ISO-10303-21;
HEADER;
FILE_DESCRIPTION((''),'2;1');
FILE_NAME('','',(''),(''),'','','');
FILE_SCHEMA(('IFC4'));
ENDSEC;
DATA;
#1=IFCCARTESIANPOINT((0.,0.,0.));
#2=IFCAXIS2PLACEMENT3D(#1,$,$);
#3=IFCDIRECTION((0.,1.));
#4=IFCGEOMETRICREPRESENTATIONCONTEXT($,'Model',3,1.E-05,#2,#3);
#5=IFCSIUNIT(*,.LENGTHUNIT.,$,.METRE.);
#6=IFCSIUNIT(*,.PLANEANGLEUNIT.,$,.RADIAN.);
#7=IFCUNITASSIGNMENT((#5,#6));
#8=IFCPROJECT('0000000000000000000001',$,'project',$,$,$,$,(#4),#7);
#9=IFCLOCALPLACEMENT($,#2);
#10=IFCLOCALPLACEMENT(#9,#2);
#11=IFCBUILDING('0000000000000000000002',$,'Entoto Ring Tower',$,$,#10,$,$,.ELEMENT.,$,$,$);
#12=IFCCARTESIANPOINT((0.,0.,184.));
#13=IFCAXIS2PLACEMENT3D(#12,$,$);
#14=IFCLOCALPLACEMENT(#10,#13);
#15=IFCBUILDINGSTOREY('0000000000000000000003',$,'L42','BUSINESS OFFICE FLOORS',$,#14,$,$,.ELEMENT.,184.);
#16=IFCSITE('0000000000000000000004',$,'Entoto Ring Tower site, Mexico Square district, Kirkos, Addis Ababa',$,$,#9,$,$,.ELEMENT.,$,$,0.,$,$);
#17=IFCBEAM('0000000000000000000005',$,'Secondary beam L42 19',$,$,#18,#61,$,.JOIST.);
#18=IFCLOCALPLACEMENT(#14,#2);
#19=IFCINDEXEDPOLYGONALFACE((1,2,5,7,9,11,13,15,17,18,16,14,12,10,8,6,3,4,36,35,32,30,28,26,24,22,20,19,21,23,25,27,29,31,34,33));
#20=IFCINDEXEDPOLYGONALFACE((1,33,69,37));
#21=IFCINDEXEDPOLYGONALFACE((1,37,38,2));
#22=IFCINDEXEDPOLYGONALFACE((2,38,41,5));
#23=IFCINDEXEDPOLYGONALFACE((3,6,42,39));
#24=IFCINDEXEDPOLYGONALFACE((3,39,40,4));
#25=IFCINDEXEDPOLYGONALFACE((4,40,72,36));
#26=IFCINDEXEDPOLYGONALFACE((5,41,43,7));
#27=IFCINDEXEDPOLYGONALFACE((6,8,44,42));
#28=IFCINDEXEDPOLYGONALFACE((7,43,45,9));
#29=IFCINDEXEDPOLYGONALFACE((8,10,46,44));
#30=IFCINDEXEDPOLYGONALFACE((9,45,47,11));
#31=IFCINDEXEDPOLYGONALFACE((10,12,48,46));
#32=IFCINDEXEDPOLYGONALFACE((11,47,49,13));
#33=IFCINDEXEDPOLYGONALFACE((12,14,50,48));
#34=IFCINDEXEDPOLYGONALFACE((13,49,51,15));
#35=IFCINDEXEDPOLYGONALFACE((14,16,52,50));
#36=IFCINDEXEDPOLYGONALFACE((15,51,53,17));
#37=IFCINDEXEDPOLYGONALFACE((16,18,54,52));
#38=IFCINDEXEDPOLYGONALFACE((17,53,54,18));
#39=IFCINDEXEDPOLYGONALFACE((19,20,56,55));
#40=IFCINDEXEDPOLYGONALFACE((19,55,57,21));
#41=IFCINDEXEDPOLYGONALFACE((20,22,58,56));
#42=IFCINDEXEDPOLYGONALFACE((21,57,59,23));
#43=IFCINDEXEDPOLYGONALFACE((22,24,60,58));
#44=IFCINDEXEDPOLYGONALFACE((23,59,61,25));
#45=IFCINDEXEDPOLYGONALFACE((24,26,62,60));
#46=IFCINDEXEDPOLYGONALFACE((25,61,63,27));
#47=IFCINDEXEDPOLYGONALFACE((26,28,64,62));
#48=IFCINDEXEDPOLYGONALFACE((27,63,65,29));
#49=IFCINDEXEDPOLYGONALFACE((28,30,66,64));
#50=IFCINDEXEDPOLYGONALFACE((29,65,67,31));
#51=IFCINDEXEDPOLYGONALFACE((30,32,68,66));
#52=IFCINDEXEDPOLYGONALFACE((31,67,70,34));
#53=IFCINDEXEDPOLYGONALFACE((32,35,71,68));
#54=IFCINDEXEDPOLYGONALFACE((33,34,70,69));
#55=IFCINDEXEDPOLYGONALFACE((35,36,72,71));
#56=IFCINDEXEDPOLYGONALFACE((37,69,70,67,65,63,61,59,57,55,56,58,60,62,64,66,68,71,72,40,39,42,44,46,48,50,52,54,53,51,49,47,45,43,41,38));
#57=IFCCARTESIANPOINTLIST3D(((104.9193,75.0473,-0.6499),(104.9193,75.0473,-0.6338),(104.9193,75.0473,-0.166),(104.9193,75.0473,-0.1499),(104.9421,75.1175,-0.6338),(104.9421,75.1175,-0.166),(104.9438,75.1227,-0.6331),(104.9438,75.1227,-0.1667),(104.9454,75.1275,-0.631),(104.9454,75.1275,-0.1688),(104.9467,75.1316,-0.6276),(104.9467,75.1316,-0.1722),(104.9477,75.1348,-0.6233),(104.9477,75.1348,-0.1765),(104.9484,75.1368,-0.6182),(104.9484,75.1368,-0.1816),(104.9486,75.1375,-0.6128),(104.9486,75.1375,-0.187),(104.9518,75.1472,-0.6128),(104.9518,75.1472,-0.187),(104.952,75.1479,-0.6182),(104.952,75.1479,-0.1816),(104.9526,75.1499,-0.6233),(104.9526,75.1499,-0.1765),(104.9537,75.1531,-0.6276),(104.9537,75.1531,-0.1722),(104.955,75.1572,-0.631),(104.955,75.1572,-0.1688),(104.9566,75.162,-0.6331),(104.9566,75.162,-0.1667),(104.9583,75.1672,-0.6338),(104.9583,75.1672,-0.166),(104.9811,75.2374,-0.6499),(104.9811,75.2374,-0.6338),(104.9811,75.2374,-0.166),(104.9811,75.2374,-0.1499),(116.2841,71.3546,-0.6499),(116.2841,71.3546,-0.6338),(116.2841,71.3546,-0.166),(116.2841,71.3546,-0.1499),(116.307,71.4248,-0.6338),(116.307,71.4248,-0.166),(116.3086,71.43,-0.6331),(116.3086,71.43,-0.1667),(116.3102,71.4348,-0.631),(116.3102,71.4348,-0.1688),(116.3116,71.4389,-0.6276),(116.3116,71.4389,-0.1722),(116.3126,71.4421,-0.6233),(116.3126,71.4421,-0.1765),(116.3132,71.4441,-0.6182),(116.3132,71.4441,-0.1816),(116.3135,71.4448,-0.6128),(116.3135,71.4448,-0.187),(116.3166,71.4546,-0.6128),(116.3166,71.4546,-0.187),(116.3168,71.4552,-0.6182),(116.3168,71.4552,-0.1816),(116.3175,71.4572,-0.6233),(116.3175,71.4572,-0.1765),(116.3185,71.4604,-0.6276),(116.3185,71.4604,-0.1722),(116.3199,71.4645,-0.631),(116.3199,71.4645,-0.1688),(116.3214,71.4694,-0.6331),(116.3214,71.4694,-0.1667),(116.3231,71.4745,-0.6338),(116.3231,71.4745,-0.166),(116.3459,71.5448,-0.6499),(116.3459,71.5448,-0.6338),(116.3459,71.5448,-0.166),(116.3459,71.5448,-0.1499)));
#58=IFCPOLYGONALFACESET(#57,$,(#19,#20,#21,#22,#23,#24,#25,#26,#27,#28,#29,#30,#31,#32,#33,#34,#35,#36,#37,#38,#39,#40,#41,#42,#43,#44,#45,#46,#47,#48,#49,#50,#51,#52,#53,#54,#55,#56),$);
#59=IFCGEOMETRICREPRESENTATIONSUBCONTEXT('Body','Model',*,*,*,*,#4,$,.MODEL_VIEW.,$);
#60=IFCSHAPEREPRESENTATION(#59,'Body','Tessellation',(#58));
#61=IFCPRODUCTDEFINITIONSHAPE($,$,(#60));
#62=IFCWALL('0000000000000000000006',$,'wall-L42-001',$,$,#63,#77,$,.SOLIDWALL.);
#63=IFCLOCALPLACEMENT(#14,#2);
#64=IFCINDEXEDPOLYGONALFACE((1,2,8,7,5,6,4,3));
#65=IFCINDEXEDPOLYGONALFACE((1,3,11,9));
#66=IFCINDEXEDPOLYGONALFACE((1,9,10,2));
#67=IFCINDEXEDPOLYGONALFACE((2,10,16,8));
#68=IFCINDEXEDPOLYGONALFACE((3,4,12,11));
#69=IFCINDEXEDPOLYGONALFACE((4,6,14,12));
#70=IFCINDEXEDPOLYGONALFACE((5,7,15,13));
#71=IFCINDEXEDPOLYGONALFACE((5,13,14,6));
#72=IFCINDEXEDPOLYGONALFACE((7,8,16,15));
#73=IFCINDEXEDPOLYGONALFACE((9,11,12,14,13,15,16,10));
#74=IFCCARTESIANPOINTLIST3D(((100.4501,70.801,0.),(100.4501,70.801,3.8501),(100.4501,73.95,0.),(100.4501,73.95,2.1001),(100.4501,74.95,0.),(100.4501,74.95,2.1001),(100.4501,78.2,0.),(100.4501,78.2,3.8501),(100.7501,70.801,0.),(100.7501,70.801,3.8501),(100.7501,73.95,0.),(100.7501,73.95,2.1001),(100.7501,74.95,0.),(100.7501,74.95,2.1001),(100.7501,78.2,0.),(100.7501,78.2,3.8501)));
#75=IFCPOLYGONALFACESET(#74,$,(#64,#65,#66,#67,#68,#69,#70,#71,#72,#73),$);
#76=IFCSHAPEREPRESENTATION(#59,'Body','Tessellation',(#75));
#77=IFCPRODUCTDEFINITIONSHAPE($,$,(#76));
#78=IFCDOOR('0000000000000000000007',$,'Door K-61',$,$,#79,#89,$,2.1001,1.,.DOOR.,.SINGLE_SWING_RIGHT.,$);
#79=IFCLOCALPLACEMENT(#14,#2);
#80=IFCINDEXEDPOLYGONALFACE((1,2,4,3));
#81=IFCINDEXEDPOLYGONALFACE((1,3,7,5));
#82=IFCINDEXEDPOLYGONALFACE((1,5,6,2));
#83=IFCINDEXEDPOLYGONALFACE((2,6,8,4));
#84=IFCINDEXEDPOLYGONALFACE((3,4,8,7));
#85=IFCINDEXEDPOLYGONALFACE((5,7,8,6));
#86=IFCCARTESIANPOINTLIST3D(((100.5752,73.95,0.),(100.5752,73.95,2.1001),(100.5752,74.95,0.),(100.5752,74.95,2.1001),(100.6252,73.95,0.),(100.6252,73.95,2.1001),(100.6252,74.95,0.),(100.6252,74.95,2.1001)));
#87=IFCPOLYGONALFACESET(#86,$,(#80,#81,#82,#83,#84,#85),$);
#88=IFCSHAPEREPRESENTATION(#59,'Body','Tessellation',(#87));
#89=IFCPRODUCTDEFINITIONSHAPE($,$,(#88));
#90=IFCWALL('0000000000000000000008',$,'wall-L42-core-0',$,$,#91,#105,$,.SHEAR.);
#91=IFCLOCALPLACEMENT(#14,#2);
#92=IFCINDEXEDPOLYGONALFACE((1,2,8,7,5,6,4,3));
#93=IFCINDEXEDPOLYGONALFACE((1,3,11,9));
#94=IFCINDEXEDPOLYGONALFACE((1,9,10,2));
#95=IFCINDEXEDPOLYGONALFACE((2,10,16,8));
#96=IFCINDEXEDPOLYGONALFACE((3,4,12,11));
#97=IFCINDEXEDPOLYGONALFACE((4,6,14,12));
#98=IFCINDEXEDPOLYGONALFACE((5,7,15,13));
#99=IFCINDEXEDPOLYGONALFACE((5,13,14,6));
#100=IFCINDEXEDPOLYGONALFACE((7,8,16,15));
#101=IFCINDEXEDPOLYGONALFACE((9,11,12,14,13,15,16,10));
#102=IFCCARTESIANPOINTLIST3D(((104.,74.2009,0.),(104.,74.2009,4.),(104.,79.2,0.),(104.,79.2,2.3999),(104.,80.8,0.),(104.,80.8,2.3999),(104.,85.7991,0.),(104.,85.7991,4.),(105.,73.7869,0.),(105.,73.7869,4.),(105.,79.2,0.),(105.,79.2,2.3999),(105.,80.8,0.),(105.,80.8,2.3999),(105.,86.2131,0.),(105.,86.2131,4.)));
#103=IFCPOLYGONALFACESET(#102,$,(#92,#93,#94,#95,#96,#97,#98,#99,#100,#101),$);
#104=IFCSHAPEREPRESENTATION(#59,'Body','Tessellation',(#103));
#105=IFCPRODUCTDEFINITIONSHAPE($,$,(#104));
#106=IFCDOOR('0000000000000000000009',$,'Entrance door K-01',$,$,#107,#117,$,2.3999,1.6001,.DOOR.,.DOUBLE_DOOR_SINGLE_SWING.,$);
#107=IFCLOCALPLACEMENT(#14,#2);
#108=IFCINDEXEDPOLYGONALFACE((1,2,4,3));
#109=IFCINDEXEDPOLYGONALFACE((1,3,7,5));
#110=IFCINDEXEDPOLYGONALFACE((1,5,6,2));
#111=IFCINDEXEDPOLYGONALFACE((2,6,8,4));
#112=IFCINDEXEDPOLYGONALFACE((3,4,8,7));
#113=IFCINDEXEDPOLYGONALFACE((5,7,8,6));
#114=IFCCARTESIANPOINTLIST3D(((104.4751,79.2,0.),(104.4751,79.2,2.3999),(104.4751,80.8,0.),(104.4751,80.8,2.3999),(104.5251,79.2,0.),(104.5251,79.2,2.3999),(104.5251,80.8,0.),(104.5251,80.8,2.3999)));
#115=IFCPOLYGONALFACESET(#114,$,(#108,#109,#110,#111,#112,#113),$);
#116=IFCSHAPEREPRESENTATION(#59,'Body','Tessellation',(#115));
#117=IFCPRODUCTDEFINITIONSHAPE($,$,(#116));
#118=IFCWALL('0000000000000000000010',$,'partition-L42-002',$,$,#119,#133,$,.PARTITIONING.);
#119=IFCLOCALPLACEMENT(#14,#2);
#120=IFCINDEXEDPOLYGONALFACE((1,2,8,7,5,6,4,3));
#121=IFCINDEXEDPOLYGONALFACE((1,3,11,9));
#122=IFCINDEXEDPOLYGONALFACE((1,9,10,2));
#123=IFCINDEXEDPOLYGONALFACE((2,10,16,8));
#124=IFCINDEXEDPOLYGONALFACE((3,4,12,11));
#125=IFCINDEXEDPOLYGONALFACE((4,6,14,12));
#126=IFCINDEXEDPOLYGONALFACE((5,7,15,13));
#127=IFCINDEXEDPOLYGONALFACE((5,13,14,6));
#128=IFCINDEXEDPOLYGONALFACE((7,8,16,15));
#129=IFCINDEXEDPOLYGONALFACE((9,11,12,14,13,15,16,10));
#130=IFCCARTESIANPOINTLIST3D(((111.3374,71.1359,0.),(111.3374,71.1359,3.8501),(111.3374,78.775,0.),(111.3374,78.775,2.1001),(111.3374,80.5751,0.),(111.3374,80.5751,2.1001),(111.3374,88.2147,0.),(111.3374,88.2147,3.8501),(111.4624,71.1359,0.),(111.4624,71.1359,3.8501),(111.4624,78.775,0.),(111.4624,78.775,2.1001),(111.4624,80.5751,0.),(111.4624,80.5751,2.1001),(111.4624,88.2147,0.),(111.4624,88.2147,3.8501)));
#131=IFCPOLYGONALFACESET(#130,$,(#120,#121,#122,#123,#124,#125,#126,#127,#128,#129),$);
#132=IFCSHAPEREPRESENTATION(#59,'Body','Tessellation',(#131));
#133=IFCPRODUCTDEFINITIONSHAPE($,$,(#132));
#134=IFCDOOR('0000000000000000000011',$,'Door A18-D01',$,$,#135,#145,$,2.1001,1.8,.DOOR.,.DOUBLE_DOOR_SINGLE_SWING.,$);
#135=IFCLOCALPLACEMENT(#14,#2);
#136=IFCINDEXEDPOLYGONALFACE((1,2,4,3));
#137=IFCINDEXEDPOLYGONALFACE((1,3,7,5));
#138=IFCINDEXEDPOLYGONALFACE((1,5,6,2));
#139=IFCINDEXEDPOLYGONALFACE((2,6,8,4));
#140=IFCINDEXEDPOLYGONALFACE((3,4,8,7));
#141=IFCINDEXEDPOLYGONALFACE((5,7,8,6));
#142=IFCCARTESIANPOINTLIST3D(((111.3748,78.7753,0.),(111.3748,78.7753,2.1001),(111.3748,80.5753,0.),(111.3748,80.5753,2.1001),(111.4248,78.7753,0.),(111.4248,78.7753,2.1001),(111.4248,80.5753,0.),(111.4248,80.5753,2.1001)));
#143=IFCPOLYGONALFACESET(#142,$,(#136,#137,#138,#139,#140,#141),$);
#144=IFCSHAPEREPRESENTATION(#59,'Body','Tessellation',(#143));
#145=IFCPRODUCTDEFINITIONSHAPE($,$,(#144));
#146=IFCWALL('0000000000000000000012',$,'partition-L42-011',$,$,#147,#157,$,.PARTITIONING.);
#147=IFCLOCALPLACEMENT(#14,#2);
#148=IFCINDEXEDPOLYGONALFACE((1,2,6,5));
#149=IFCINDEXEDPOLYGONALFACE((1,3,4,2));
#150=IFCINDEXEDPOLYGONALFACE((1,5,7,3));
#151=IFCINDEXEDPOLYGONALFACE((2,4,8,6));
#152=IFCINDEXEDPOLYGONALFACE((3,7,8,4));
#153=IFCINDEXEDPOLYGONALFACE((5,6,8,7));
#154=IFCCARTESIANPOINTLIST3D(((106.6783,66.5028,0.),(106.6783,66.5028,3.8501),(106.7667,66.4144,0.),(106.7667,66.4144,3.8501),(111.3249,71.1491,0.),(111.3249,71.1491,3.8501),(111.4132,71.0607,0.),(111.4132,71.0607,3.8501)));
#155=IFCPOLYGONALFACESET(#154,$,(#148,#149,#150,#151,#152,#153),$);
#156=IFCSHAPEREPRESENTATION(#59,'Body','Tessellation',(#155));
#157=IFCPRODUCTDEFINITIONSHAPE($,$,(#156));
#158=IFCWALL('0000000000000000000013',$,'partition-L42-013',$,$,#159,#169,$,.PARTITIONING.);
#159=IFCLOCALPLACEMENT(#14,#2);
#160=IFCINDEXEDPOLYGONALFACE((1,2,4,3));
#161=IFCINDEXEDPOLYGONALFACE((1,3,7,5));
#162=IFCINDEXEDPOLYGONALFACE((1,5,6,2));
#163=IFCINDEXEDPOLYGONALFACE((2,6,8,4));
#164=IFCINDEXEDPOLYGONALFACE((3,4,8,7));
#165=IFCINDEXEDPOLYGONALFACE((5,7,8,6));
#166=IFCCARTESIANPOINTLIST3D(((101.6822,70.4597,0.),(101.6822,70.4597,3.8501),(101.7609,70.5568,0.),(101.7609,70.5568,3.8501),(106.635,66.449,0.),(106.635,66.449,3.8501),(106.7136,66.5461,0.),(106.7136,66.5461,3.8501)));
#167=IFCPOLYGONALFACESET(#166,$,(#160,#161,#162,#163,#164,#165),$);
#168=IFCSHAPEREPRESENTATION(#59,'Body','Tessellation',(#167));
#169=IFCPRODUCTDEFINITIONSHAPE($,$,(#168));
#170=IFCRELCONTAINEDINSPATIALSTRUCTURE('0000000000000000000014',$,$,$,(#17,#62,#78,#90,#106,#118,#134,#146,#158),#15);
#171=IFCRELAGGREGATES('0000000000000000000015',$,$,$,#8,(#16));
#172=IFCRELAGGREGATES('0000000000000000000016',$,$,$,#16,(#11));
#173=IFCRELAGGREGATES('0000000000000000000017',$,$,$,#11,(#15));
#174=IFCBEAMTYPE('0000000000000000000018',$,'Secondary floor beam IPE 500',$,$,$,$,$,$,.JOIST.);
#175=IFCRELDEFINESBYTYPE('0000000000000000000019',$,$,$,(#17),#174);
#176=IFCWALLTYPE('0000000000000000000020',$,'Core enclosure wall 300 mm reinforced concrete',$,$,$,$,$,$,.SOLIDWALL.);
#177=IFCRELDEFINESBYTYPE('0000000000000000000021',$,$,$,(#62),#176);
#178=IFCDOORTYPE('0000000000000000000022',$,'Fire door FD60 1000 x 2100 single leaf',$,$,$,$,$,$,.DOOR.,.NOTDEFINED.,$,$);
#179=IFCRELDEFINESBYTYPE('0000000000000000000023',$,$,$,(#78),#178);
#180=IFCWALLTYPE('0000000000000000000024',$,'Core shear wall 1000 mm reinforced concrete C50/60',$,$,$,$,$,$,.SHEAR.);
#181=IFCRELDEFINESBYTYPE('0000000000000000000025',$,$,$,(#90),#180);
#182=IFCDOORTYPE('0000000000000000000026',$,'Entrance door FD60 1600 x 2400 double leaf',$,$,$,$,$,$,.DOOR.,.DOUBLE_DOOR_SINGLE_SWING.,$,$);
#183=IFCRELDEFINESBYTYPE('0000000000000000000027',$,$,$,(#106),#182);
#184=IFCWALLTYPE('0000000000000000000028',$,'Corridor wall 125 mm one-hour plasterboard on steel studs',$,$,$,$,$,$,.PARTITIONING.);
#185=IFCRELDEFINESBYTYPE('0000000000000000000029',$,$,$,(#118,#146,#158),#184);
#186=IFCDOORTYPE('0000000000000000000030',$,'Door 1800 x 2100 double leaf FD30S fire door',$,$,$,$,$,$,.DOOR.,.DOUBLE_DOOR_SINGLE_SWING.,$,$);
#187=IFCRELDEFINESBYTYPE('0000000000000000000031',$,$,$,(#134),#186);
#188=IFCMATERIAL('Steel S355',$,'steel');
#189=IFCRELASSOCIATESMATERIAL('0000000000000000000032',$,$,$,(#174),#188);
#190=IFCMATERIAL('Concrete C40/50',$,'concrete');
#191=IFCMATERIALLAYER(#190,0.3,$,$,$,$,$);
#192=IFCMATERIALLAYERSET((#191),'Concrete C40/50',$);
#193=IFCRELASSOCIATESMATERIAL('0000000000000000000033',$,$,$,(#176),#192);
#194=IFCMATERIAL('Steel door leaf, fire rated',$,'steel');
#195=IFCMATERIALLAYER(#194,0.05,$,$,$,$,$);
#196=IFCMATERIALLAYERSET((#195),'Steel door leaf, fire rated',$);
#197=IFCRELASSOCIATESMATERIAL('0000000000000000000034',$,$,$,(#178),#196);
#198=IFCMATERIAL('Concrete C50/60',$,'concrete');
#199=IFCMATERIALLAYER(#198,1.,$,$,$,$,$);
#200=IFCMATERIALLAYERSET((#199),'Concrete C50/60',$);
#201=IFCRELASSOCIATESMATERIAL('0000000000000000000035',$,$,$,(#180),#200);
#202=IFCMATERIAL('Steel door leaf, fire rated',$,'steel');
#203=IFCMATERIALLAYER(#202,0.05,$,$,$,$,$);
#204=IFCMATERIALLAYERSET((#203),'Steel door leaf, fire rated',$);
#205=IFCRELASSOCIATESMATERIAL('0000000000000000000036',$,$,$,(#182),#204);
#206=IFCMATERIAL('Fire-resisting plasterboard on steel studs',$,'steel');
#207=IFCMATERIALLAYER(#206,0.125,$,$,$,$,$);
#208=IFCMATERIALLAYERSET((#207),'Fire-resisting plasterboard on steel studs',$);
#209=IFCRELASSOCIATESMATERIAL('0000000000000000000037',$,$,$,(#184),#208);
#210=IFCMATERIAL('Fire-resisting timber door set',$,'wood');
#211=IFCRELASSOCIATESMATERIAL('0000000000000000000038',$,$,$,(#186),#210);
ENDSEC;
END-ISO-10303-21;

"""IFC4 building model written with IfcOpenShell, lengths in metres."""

from ifc_helpers import new_model, si_unit, direction, frame, frame_2d, origin, origin_2d, place, context, subcontext, project, spatial, polyline, rectangle, i_section, outline, extrude, material, layer, layer_set, material_profile, profile_set, type_object, element, fill, save


model = new_model("IFC4")

# Units and contexts
model_context = context("Model", 3, precision=1e-05, world=origin(), true_north=direction((0.0, 1.0)))
body_context = subcontext(model_context, "Body", "Model", "MODEL_VIEW")
ifc_project = project(units=[si_unit("LENGTHUNIT", "METRE"), si_unit("PLANEANGLEUNIT", "RADIAN")], contexts=[model_context])

# Site, building, storey
site_placement = place(None, origin())
site = spatial("IfcSite", under=ifc_project, at=site_placement, Name="Entoto Ring Tower site, Mexico Square district, Kirkos, Addis Ababa", CompositionType="ELEMENT", RefElevation=0.0)
building_placement = place(site_placement, origin())
building = spatial("IfcBuilding", under=site, at=building_placement, Name="Entoto Ring Tower", CompositionType="ELEMENT")
storey_placement = place(building_placement, frame((0.0, 0.0, 184.0)))
storey = spatial("IfcBuildingStorey", under=building, at=storey_placement, Name="L42", Description="BUSINESS OFFICE FLOORS", CompositionType="ELEMENT", Elevation=184.0)

# Beam
ifc_material_1 = material(Name="Steel S355", Category="steel")
ifc_material_profile_1 = material_profile(ifc_material_1, i_section(OverallWidth=0.2, OverallDepth=0.5, WebThickness=0.0103, FlangeThickness=0.0161, FilletRadius=0.021, at=origin_2d()), Name="IPE 500")
ifc_profile_set_1 = profile_set([ifc_material_profile_1], Name="Steel S355")
beam_type_1 = type_object("IfcBeamType", Name="Secondary floor beam IPE 500", PredefinedType="JOIST", material=ifc_profile_set_1)
beam_1_placement = place(storey_placement, frame((104.9502, 75.1423, -0.3999), z_axis=(0.951057, -0.309017, 0.0), x_axis=(0.309017, 0.951057, 0.0)))
element("IfcBeam", 1, at=beam_1_placement, inside=storey, type_object=beam_type_1, Name="Secondary beam L42 19", PredefinedType="JOIST", context=body_context, shape_type="SweptSolid", body=[
    extrude(i_section(OverallWidth=0.2, OverallDepth=0.5, WebThickness=0.0103, FlangeThickness=0.0161, FilletRadius=0.021, at=origin_2d()), origin(), (0.0, 0.0, 1.0), 11.9497),
])

# Walls, openings, doors
ifc_material_2 = material(Name="Concrete C40/50", Category="concrete")
ifc_layer_1 = layer(ifc_material_2, 0.3)
ifc_layer_set_1 = layer_set([ifc_layer_1], Name="Concrete C40/50")
wall_type_1 = type_object("IfcWallType", Name="Core enclosure wall 300 mm reinforced concrete", PredefinedType="SOLIDWALL", material=ifc_layer_set_1)
wall_1_placement = place(storey_placement, frame((100.6001, 70.801, 0.0), z_axis=(0.0, 0.0, 1.0), x_axis=(0.0, 1.0, 0.0)))
wall_1 = element("IfcWall", 2, at=wall_1_placement, inside=storey, type_object=wall_type_1, Name="wall-L42-001", PredefinedType="SOLIDWALL", context=body_context, shape_type="SweptSolid", body=[
    extrude(rectangle(XDim=7.3989, YDim=0.3, at=frame_2d((3.6995, 0.0))), origin(), (0.0, 0.0, 1.0), 3.8501),
])
opening_1_placement = place(wall_1_placement, frame((3.1489, 0.0, 0.0)))
opening_1 = element("IfcOpeningElement", 3, at=opening_1_placement, cuts=wall_1, PredefinedType="OPENING", context=body_context, shape_type="SweptSolid", body=[
    extrude(rectangle(XDim=1.0, YDim=2.1001, at=frame_2d((0.5, 1.05))), frame((0.0, 0.1602, 0.0), z_axis=(0.0, -1.0, 0.0), x_axis=(1.0, 0.0, 0.0)), (0.0, 0.0, 1.0), 0.3201),
])
ifc_material_3 = material(Name="Steel door leaf, fire rated", Category="steel")
ifc_layer_2 = layer(ifc_material_3, 0.05)
ifc_layer_set_2 = layer_set([ifc_layer_2], Name="Steel door leaf, fire rated")
door_type_1 = type_object("IfcDoorType", Name="Fire door FD60 1000 x 2100 single leaf", OperationType="NOTDEFINED", PredefinedType="DOOR", material=ifc_layer_set_2)
door_1_placement = place(opening_1_placement, origin())
door_1 = element("IfcDoor", 4, at=door_1_placement, inside=storey, type_object=door_type_1, Name="Door K-61", OperationType="SINGLE_SWING_RIGHT", OverallHeight=2.1001, OverallWidth=1.0, PredefinedType="DOOR", context=body_context, shape_type="SweptSolid", body=[
    extrude(rectangle(XDim=1.0, YDim=2.1001, at=frame_2d((0.5, 1.05))), frame((0.0, 0.0249, 0.0), z_axis=(0.0, -1.0, 0.0), x_axis=(1.0, 0.0, 0.0)), (0.0, 0.0, 1.0), 0.05),
])
fill(opening_1, door_1)
ifc_material_4 = material(Name="Concrete C50/60", Category="concrete")
ifc_layer_3 = layer(ifc_material_4, 1.0)
ifc_layer_set_3 = layer_set([ifc_layer_3], Name="Concrete C50/60")
wall_type_2 = type_object("IfcWallType", Name="Core shear wall 1000 mm reinforced concrete C50/60", PredefinedType="SHEAR", material=ifc_layer_set_3)
wall_2_placement = place(storey_placement, frame((104.5, 73.9939, 0.0), z_axis=(0.0, 0.0, 1.0), x_axis=(0.0, 1.0, 0.0)))
wall_2 = element("IfcWall", 5, at=wall_2_placement, inside=storey, type_object=wall_type_2, Name="wall-L42-core-0", PredefinedType="SHEAR", context=body_context, shape_type="SweptSolid", body=[
    extrude(outline(polyline([(-0.207, -0.5), (12.2192, -0.5), (11.8052, 0.5), (0.207, 0.5), (-0.207, -0.5)])), origin(), (0.0, 0.0, 1.0), 4.0),
])
opening_2_placement = place(wall_2_placement, frame((5.2061, 0.0, 0.0)))
opening_2 = element("IfcOpeningElement", 6, at=opening_2_placement, cuts=wall_2, PredefinedType="OPENING", context=body_context, shape_type="SweptSolid", body=[
    extrude(rectangle(XDim=1.6001, YDim=2.3999, at=frame_2d((0.8, 1.2))), frame((0.0, 0.51, 0.0), z_axis=(0.0, -1.0, 0.0), x_axis=(1.0, 0.0, 0.0)), (0.0, 0.0, 1.0), 1.02),
])
ifc_material_5 = material(Name="Steel door leaf, fire rated", Category="steel")
ifc_layer_4 = layer(ifc_material_5, 0.05)
ifc_layer_set_4 = layer_set([ifc_layer_4], Name="Steel door leaf, fire rated")
door_type_2 = type_object("IfcDoorType", Name="Entrance door FD60 1600 x 2400 double leaf", OperationType="DOUBLE_DOOR_SINGLE_SWING", PredefinedType="DOOR", material=ifc_layer_set_4)
door_2_placement = place(opening_2_placement, origin())
door_2 = element("IfcDoor", 7, at=door_2_placement, inside=storey, type_object=door_type_2, Name="Entrance door K-01", OperationType="DOUBLE_DOOR_SINGLE_SWING", OverallHeight=2.3999, OverallWidth=1.6001, PredefinedType="DOOR", context=body_context, shape_type="SweptSolid", body=[
    extrude(rectangle(XDim=1.6001, YDim=2.3999, at=frame_2d((0.8, 1.2))), frame((0.0, 0.0249, 0.0), z_axis=(0.0, -1.0, 0.0), x_axis=(1.0, 0.0, 0.0)), (0.0, 0.0, 1.0), 0.05),
])
fill(opening_2, door_2)
ifc_material_6 = material(Name="Fire-resisting plasterboard on steel studs", Category="steel")
ifc_layer_5 = layer(ifc_material_6, 0.125)
ifc_layer_set_5 = layer_set([ifc_layer_5], Name="Fire-resisting plasterboard on steel studs")
wall_type_3 = type_object("IfcWallType", Name="Corridor wall 125 mm one-hour plasterboard on steel studs", PredefinedType="PARTITIONING", material=ifc_layer_set_5)
wall_3_placement = place(storey_placement, frame((111.3999, 71.1357, 0.0), z_axis=(0.0, 0.0, 1.0), x_axis=(0.0, 1.0, 0.0)))
wall_3 = element("IfcWall", 8, at=wall_3_placement, inside=storey, type_object=wall_type_3, Name="partition-L42-002", PredefinedType="PARTITIONING", context=body_context, shape_type="SweptSolid", body=[
    extrude(rectangle(XDim=17.0789, YDim=0.125, at=frame_2d((8.5396, 0.0))), origin(), (0.0, 0.0, 1.0), 3.8501),
])
opening_3_placement = place(wall_3_placement, frame((7.6394, 0.0, 0.0)))
opening_3 = element("IfcOpeningElement", 9, at=opening_3_placement, cuts=wall_3, PredefinedType="OPENING", context=body_context, shape_type="SweptSolid", body=[
    extrude(rectangle(XDim=1.8, YDim=2.1001, at=frame_2d((0.8999, 1.05))), frame((0.0, 0.0725, 0.0), z_axis=(0.0, -1.0, 0.0), x_axis=(1.0, 0.0, 0.0)), (0.0, 0.0, 1.0), 0.145),
])
ifc_material_7 = material(Name="Fire-resisting timber door set", Category="wood")
door_type_3 = type_object("IfcDoorType", Name="Door 1800 x 2100 double leaf FD30S fire door", OperationType="DOUBLE_DOOR_SINGLE_SWING", PredefinedType="DOOR", material=ifc_material_7)
door_3_placement = place(opening_3_placement, frame((1.8, 0.0, 0.0), z_axis=(0.0, 0.0, 1.0), x_axis=(-1.0, 0.0, 0.0)))
door_3 = element("IfcDoor", 10, at=door_3_placement, inside=storey, type_object=door_type_3, Name="Door A18-D01", OperationType="DOUBLE_DOOR_SINGLE_SWING", OverallHeight=2.1001, OverallWidth=1.8, PredefinedType="DOOR", context=body_context, shape_type="SweptSolid", body=[
    extrude(rectangle(XDim=1.8, YDim=2.1001, at=frame_2d((0.8999, 1.05))), frame((0.0, 0.0249, 0.0), z_axis=(0.0, -1.0, 0.0), x_axis=(1.0, 0.0, 0.0)), (0.0, 0.0, 1.0), 0.05),
])
fill(opening_3, door_3)

# Walls
wall_4_placement = place(storey_placement, frame((106.7224, 66.4585, 0.0), z_axis=(0.0, 0.0, 1.0), x_axis=(0.707125, 0.707088, 0.0)))
element("IfcWall", 11, at=wall_4_placement, inside=storey, type_object=wall_type_3, Name="partition-L42-011", PredefinedType="PARTITIONING", context=body_context, shape_type="SweptSolid", body=[
    extrude(rectangle(XDim=6.571, YDim=0.125, at=frame_2d((3.2856, 0.0))), origin(), (0.0, 0.0, 1.0), 3.8501),
])
wall_5_placement = place(storey_placement, frame((106.6743, 66.4976, 0.0), z_axis=(0.0, 0.0, 1.0), x_axis=(-0.777148, 0.629318, 0.0)))
element("IfcWall", 12, at=wall_5_placement, inside=storey, type_object=wall_type_3, Name="partition-L42-013", PredefinedType="PARTITIONING", context=body_context, shape_type="SweptSolid", body=[
    extrude(rectangle(XDim=6.373, YDim=0.125, at=frame_2d((3.1865, 0.0))), origin(), (0.0, 0.0, 1.0), 3.8501),
])

save(model, "model.ifc")
